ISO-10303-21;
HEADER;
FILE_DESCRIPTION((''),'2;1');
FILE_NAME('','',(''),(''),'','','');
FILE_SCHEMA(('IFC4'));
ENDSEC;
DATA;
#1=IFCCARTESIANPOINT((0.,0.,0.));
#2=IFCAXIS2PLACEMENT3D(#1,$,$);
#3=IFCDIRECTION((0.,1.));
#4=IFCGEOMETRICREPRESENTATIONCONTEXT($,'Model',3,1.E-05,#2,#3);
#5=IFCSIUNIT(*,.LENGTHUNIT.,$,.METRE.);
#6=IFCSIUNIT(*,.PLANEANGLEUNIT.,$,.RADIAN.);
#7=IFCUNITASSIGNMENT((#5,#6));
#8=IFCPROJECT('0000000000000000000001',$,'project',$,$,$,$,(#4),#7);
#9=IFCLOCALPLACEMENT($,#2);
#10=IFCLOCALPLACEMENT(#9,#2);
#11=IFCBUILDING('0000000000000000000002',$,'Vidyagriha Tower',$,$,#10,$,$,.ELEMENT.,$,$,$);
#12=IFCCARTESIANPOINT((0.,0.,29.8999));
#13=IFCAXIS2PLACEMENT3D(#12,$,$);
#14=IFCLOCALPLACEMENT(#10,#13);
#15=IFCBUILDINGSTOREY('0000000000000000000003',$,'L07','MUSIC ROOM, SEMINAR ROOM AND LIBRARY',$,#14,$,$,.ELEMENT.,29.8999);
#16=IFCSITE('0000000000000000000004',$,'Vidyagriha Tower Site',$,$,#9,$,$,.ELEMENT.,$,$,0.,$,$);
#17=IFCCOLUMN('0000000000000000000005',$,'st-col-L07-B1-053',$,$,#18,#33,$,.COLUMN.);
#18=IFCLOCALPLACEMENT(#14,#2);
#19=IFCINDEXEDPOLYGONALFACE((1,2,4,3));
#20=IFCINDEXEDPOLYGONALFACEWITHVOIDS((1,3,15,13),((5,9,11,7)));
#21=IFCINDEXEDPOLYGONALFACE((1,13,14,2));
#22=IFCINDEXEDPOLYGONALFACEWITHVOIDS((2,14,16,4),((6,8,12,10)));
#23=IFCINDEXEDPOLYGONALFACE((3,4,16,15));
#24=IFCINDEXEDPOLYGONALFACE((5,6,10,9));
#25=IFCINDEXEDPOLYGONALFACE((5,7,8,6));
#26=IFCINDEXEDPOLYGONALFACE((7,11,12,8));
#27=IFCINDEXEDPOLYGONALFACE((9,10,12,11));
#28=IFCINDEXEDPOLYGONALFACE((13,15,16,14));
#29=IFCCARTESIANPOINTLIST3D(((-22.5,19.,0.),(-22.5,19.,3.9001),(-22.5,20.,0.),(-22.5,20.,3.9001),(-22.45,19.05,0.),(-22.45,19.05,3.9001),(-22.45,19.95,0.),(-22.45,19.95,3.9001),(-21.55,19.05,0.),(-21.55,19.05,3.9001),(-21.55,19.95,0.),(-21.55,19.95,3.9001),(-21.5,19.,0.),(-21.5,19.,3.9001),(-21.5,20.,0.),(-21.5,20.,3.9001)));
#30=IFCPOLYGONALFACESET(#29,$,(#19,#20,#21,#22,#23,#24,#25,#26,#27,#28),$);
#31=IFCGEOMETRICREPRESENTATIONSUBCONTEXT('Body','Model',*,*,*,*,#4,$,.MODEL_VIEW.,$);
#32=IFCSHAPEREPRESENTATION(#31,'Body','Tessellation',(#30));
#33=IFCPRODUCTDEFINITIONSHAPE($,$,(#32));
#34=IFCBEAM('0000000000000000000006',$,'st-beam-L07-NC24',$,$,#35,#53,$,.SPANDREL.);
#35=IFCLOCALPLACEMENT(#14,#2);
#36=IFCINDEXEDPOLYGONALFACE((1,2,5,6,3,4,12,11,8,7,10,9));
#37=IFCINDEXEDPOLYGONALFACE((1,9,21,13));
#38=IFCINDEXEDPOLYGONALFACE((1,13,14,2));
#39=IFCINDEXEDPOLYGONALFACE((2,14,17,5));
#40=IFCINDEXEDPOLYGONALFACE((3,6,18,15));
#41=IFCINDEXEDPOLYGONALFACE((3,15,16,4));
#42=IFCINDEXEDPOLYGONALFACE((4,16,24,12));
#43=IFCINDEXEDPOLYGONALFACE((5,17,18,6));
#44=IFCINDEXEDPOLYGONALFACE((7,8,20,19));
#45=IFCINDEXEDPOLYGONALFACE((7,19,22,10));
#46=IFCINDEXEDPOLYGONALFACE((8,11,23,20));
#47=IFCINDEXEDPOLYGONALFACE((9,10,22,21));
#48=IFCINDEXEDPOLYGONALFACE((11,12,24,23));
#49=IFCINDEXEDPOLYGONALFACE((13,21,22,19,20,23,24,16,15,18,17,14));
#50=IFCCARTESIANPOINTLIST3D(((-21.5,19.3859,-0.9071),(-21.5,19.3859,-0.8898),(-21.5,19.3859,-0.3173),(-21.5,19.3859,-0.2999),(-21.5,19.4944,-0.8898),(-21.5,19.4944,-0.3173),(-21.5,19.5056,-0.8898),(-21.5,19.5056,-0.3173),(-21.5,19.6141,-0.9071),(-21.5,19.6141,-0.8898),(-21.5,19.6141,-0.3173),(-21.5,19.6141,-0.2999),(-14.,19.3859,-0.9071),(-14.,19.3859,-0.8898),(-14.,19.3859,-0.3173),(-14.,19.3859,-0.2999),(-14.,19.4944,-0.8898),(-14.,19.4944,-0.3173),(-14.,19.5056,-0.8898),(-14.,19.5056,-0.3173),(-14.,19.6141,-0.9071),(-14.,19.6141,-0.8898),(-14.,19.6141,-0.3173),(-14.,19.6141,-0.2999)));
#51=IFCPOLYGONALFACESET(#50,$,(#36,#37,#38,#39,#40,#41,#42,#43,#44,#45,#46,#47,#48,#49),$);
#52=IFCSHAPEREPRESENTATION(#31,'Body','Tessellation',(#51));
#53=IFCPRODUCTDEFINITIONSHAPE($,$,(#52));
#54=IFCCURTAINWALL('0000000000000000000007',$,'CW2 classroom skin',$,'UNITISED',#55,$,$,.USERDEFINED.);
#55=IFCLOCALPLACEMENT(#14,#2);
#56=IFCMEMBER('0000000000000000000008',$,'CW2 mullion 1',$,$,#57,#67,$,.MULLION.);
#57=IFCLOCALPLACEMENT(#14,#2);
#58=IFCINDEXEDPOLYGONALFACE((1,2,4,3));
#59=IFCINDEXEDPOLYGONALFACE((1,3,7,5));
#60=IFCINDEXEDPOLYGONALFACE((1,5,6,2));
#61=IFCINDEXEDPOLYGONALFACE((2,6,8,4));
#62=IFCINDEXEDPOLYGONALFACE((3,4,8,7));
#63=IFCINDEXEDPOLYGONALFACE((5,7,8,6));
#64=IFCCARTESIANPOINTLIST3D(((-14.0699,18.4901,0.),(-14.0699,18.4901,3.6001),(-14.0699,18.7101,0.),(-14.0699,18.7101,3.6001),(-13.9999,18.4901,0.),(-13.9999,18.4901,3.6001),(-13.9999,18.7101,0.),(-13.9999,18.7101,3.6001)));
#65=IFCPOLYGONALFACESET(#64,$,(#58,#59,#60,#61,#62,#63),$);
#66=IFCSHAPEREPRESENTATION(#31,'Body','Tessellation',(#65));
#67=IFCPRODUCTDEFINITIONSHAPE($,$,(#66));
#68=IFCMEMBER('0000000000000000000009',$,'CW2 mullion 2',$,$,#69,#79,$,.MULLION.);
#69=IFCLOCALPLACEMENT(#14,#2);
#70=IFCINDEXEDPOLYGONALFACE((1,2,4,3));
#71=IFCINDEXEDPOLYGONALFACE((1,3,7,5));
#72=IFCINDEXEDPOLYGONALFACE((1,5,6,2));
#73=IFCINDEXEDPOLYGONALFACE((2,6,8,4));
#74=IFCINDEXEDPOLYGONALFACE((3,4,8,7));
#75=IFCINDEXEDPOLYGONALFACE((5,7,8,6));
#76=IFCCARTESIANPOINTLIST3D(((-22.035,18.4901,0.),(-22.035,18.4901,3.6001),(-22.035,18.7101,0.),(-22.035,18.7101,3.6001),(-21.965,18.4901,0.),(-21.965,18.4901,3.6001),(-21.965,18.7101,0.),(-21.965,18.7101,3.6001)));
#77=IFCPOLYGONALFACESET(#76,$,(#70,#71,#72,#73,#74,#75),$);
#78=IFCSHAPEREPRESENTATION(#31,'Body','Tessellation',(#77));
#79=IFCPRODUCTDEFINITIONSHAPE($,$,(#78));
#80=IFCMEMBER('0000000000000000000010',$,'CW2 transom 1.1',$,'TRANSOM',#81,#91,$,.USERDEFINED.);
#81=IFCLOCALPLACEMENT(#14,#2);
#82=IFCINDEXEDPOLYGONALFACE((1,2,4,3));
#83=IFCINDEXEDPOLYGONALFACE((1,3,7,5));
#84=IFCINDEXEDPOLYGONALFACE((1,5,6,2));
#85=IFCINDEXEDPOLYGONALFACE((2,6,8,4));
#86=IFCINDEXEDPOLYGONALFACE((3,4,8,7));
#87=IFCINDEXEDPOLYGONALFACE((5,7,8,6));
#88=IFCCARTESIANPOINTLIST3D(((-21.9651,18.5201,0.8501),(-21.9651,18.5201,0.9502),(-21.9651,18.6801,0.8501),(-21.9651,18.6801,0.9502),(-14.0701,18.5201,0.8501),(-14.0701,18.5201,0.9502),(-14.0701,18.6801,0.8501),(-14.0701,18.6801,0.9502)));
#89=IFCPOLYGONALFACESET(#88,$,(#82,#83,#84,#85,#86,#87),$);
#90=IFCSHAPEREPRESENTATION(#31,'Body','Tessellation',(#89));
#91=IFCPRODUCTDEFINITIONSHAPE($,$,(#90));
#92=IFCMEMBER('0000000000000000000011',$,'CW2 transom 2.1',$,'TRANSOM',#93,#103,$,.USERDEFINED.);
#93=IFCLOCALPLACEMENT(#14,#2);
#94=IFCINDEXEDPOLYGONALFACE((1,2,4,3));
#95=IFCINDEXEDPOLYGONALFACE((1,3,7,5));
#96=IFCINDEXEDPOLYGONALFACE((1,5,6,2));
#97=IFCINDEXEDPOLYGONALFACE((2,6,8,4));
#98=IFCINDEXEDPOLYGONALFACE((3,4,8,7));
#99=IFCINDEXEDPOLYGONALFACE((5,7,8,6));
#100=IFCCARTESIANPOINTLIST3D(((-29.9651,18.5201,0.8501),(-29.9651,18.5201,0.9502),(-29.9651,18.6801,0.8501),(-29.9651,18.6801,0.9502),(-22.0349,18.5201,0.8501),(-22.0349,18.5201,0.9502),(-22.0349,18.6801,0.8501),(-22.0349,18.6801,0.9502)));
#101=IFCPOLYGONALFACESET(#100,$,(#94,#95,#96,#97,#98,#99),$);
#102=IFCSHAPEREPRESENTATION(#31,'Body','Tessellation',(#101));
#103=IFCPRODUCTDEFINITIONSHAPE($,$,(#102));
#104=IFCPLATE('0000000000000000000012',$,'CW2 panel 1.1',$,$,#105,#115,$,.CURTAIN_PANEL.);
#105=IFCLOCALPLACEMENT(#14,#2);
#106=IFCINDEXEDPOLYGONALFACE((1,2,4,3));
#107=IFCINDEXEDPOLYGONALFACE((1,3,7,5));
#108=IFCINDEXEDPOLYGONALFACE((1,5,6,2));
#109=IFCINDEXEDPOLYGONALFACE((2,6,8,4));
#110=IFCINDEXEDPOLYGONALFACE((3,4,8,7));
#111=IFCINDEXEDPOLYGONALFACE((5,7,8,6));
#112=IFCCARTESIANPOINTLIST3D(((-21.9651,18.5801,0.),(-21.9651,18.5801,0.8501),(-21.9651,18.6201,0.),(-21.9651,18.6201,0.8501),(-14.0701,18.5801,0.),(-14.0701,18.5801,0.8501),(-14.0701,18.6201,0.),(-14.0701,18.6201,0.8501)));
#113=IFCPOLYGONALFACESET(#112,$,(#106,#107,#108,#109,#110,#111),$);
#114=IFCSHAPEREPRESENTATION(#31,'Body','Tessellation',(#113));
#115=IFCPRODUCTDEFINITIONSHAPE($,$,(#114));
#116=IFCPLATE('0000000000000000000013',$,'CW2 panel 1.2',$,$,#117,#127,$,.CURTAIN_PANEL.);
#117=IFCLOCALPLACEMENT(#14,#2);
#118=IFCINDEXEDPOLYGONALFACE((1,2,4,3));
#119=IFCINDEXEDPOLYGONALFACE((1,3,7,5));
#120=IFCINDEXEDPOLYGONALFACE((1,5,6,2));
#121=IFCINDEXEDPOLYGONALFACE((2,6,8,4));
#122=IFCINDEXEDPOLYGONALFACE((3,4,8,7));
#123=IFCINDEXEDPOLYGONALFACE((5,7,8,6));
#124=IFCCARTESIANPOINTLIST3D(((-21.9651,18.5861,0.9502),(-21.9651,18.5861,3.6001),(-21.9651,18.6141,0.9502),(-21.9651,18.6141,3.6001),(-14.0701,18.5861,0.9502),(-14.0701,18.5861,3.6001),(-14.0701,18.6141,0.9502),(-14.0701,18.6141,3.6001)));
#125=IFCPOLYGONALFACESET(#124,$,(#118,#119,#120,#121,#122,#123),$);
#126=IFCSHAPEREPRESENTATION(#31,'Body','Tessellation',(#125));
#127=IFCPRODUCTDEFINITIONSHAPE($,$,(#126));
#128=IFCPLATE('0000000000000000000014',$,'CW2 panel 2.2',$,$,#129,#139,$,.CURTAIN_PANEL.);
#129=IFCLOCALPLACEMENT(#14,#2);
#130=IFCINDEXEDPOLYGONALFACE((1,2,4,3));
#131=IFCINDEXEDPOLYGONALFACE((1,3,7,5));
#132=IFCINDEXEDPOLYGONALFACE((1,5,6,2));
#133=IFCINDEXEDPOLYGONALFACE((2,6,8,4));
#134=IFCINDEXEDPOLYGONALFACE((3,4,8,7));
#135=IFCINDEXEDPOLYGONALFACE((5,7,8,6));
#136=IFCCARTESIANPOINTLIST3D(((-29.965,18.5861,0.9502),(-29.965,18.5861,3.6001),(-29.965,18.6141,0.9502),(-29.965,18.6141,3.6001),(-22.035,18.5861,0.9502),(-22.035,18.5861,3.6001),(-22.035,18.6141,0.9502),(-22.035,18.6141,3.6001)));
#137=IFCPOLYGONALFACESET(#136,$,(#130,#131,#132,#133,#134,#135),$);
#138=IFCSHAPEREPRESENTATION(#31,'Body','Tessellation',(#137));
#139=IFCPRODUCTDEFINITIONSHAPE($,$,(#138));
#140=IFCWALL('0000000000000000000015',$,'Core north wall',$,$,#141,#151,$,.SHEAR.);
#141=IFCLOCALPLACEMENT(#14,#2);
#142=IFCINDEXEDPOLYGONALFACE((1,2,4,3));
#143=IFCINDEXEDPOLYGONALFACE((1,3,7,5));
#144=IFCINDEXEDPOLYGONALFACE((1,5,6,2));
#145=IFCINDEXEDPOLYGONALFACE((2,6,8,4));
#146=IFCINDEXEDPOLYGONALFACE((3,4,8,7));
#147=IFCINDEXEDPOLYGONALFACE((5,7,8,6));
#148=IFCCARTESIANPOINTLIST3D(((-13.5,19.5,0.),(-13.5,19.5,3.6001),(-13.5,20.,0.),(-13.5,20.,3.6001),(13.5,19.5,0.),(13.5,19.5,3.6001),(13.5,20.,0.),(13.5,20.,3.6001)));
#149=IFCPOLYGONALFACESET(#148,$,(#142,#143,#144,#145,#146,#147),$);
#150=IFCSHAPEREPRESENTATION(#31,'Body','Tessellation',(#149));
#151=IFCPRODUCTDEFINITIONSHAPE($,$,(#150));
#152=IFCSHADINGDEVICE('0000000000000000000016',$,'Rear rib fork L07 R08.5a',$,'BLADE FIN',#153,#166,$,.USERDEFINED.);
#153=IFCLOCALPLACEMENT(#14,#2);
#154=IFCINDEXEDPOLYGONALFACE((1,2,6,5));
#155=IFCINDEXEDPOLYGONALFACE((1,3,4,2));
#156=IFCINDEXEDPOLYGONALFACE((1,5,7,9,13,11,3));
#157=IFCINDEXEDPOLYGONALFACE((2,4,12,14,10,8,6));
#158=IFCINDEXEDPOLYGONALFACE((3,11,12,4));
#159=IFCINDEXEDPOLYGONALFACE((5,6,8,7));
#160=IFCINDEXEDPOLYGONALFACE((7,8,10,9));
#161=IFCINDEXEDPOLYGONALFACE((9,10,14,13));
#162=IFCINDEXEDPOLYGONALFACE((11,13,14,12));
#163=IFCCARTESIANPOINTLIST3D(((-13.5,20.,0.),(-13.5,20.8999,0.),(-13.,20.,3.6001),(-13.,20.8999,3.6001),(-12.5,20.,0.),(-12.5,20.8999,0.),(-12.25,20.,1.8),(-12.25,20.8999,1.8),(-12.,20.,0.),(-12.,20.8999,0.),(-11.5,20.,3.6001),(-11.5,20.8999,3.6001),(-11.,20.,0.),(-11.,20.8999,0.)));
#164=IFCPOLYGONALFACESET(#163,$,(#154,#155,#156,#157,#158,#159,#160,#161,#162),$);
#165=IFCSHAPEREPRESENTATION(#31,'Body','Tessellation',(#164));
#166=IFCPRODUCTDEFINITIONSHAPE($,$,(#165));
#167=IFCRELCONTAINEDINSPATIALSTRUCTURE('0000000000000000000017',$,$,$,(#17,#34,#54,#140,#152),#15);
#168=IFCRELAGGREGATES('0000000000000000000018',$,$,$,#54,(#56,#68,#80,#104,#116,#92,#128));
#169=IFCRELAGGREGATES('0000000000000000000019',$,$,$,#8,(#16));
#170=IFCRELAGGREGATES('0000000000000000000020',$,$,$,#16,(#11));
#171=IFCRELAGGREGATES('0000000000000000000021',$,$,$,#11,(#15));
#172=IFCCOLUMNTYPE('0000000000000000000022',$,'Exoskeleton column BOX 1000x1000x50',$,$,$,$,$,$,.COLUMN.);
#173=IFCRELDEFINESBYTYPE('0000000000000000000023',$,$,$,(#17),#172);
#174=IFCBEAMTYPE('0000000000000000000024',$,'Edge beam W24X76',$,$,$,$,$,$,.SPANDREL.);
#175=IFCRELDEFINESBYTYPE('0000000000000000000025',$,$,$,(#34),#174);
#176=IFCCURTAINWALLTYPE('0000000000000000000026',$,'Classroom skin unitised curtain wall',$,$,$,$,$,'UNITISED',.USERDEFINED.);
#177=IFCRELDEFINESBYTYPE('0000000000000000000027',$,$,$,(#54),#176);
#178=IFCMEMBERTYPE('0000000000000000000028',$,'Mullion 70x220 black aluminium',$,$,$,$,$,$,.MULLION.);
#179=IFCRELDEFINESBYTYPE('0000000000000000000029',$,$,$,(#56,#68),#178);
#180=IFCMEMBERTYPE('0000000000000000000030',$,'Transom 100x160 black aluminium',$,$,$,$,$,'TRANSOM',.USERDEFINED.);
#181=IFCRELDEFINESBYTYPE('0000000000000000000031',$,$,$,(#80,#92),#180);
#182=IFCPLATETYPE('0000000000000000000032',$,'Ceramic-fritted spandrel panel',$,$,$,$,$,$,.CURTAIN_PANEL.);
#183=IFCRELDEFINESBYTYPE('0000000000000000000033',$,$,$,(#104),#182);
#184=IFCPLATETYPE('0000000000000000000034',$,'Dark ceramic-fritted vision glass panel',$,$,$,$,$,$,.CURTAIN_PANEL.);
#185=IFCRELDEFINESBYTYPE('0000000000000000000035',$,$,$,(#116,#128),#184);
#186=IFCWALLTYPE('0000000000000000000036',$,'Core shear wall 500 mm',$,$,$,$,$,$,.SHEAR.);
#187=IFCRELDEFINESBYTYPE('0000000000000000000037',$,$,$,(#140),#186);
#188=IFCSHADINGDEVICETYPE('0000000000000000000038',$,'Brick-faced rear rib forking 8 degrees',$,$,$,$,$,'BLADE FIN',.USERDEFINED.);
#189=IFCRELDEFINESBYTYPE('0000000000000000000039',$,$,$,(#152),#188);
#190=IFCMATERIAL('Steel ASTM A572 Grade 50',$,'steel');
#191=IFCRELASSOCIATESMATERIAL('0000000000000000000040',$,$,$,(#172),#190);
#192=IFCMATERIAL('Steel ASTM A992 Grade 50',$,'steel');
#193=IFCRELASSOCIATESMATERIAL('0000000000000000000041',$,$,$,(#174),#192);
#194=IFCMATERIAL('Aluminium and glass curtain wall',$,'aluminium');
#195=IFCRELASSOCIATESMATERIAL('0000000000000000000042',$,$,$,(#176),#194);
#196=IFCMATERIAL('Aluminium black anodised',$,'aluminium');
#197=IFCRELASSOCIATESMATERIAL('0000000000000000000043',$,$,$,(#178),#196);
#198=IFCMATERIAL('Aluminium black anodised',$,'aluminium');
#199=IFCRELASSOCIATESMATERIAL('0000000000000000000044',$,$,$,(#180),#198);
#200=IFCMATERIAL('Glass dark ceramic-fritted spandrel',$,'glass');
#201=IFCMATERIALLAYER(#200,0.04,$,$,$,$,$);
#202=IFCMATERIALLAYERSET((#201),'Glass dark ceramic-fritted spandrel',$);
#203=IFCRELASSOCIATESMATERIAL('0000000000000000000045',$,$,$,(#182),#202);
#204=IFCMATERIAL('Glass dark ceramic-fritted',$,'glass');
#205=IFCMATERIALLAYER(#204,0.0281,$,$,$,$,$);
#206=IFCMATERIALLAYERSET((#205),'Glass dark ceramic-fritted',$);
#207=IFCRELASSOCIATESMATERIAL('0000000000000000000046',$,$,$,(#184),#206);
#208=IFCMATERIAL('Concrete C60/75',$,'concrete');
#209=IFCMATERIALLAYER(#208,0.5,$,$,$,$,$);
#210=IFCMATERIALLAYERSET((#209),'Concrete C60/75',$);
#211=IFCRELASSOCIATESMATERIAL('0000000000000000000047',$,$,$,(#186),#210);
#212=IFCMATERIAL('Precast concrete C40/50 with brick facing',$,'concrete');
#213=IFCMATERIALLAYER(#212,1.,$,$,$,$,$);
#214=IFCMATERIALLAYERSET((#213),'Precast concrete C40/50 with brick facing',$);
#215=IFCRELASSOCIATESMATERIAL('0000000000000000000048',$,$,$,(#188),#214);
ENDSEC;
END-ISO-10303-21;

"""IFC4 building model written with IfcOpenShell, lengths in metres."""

from ifc_helpers import new_model, si_unit, direction, frame, frame_2d, origin, origin_2d, place, context, subcontext, project, spatial, polyline, rectangle, hollow_rectangle, i_section, outline, extrude, material, layer, layer_set, material_profile, profile_set, type_object, element, aggregate, save


model = new_model("IFC4")

# Units and contexts
model_context = context("Model", 3, precision=1e-05, world=origin(), true_north=direction((0.0, 1.0)))
body_context = subcontext(model_context, "Body", "Model", "MODEL_VIEW")
ifc_project = project(units=[si_unit("LENGTHUNIT", "METRE"), si_unit("PLANEANGLEUNIT", "RADIAN")], contexts=[model_context])

# Site, building, storey
site_placement = place(None, origin())
site = spatial("IfcSite", under=ifc_project, at=site_placement, Name="Vidyagriha Tower Site", CompositionType="ELEMENT", RefElevation=0.0)
building_placement = place(site_placement, origin())
building = spatial("IfcBuilding", under=site, at=building_placement, Name="Vidyagriha Tower", CompositionType="ELEMENT")
storey_placement = place(building_placement, frame((0.0, 0.0, 29.8999)))
storey = spatial("IfcBuildingStorey", under=building, at=storey_placement, Name="L07", Description="MUSIC ROOM, SEMINAR ROOM AND LIBRARY", CompositionType="ELEMENT", Elevation=29.8999)

# Column
ifc_material_1 = material(Name="Steel ASTM A572 Grade 50", Category="steel")
ifc_material_profile_1 = material_profile(ifc_material_1, hollow_rectangle(XDim=1.0, YDim=1.0, WallThickness=0.05, at=origin_2d()), Name="BOX 1000x1000x50")
ifc_profile_set_1 = profile_set([ifc_material_profile_1], Name="Steel ASTM A572 Grade 50")
column_type = type_object("IfcColumnType", Name="Exoskeleton column BOX 1000x1000x50", PredefinedType="COLUMN", material=ifc_profile_set_1)
column_placement = place(storey_placement, frame((-22.0, 19.5, 0.0)))
element("IfcColumn", 1, at=column_placement, inside=storey, type_object=column_type, Name="st-col-L07-B1-053", PredefinedType="COLUMN", context=body_context, shape_type="SweptSolid", body=[
    extrude(hollow_rectangle(XDim=1.0, YDim=1.0, WallThickness=0.05, at=origin_2d()), origin(), (0.0, 0.0, 1.0), 3.9001),
])

# Beam
ifc_material_2 = material(Name="Steel ASTM A992 Grade 50", Category="steel")
ifc_material_profile_2 = material_profile(ifc_material_2, i_section(OverallWidth=0.2283, OverallDepth=0.6072, WebThickness=0.0112, FlangeThickness=0.0173, at=origin_2d()), Name="W24X76")
ifc_profile_set_2 = profile_set([ifc_material_profile_2], Name="Steel ASTM A992 Grade 50")
beam_type = type_object("IfcBeamType", Name="Edge beam W24X76", PredefinedType="SPANDREL", material=ifc_profile_set_2)
beam_placement = place(storey_placement, frame((-21.5, 19.5, -0.6035), z_axis=(1.0, 0.0, 0.0), x_axis=(0.0, 1.0, 0.0)))
element("IfcBeam", 2, at=beam_placement, inside=storey, type_object=beam_type, Name="st-beam-L07-NC24", PredefinedType="SPANDREL", context=body_context, shape_type="SweptSolid", body=[
    extrude(i_section(OverallWidth=0.2283, OverallDepth=0.6072, WebThickness=0.0112, FlangeThickness=0.0173, at=origin_2d()), origin(), (0.0, 0.0, 1.0), 7.5),
])

# Curtain wall, members, plates
ifc_material_3 = material(Name="Aluminium and glass curtain wall", Category="aluminium")
curtain_wall_type = type_object("IfcCurtainWallType", Name="Classroom skin unitised curtain wall", ElementType="UNITISED", PredefinedType="USERDEFINED", material=ifc_material_3)
curtain_wall_placement = place(storey_placement, origin())
curtain_wall = element("IfcCurtainWall", 3, at=curtain_wall_placement, inside=storey, type_object=curtain_wall_type, Name="CW2 classroom skin", ObjectType="UNITISED", PredefinedType="USERDEFINED")
ifc_material_4 = material(Name="Aluminium black anodised", Category="aluminium")
ifc_material_profile_3 = material_profile(ifc_material_4, rectangle(XDim=0.22, YDim=0.0701, at=origin_2d()), Name="Mullion 70x220 black aluminium")
ifc_profile_set_3 = profile_set([ifc_material_profile_3], Name="Aluminium black anodised")
member_type_1 = type_object("IfcMemberType", Name="Mullion 70x220 black aluminium", PredefinedType="MULLION", material=ifc_profile_set_3)
member_1_placement = place(storey_placement, frame((-14.0349, 18.6001, 0.0), z_axis=(0.0, 0.0, 1.0), x_axis=(0.0, -1.0, 0.0)))
member_1 = element("IfcMember", 4, at=member_1_placement, type_object=member_type_1, Name="CW2 mullion 1", PredefinedType="MULLION", context=body_context, shape_type="SweptSolid", body=[
    extrude(rectangle(XDim=0.22, YDim=0.0701, at=origin_2d()), origin(), (0.0, 0.0, 1.0), 3.6001),
])
member_2_placement = place(storey_placement, frame((-22.0, 18.6001, 0.0), z_axis=(0.0, 0.0, 1.0), x_axis=(0.0, -1.0, 0.0)))
member_2 = element("IfcMember", 5, at=member_2_placement, type_object=member_type_1, Name="CW2 mullion 2", PredefinedType="MULLION", context=body_context, shape_type="SweptSolid", body=[
    extrude(rectangle(XDim=0.22, YDim=0.0701, at=origin_2d()), origin(), (0.0, 0.0, 1.0), 3.6001),
])
ifc_material_5 = material(Name="Aluminium black anodised", Category="aluminium")
ifc_material_profile_4 = material_profile(ifc_material_5, rectangle(XDim=0.1599, YDim=0.1001, at=origin_2d()), Name="Transom 100x160 black aluminium")
ifc_profile_set_4 = profile_set([ifc_material_profile_4], Name="Aluminium black anodised")
member_type_2 = type_object("IfcMemberType", Name="Transom 100x160 black aluminium", ElementType="TRANSOM", PredefinedType="USERDEFINED", material=ifc_profile_set_4)
member_3_placement = place(storey_placement, frame((-14.0701, 18.6001, 0.9001), z_axis=(-1.0, 0.0, 0.0), x_axis=(0.0, -1.0, 0.0)))
member_3 = element("IfcMember", 6, at=member_3_placement, type_object=member_type_2, Name="CW2 transom 1.1", ObjectType="TRANSOM", PredefinedType="USERDEFINED", context=body_context, shape_type="SweptSolid", body=[
    extrude(rectangle(XDim=0.1599, YDim=0.1001, at=origin_2d()), origin(), (0.0, 0.0, 1.0), 7.895),
])
member_4_placement = place(storey_placement, frame((-22.0349, 18.6001, 0.9001), z_axis=(-1.0, 0.0, 0.0), x_axis=(0.0, -1.0, 0.0)))
member_4 = element("IfcMember", 7, at=member_4_placement, type_object=member_type_2, Name="CW2 transom 2.1", ObjectType="TRANSOM", PredefinedType="USERDEFINED", context=body_context, shape_type="SweptSolid", body=[
    extrude(rectangle(XDim=0.1599, YDim=0.1001, at=origin_2d()), origin(), (0.0, 0.0, 1.0), 7.9302),
])
ifc_material_6 = material(Name="Glass dark ceramic-fritted spandrel", Category="glass")
ifc_layer_1 = layer(ifc_material_6, 0.04)
ifc_layer_set_1 = layer_set([ifc_layer_1], Name="Glass dark ceramic-fritted spandrel")
plate_type_1 = type_object("IfcPlateType", Name="Ceramic-fritted spandrel panel", PredefinedType="CURTAIN_PANEL", material=ifc_layer_set_1)
plate_1_placement = place(storey_placement, frame((-18.0176, 18.6001, 0.0), z_axis=(0.0, 0.0, 1.0), x_axis=(-1.0, 0.0, 0.0)))
plate_1 = element("IfcPlate", 8, at=plate_1_placement, type_object=plate_type_1, Name="CW2 panel 1.1", PredefinedType="CURTAIN_PANEL", context=body_context, shape_type="SweptSolid", body=[
    extrude(rectangle(XDim=7.895, YDim=0.04, at=origin_2d()), origin(), (0.0, 0.0, 1.0), 0.8501),
])
ifc_material_7 = material(Name="Glass dark ceramic-fritted", Category="glass")
ifc_layer_2 = layer(ifc_material_7, 0.0281)
ifc_layer_set_2 = layer_set([ifc_layer_2], Name="Glass dark ceramic-fritted")
plate_type_2 = type_object("IfcPlateType", Name="Dark ceramic-fritted vision glass panel", PredefinedType="CURTAIN_PANEL", material=ifc_layer_set_2)
plate_2_placement = place(storey_placement, frame((-18.0176, 18.6001, 0.9502), z_axis=(0.0, 0.0, 1.0), x_axis=(-1.0, 0.0, 0.0)))
plate_2 = element("IfcPlate", 9, at=plate_2_placement, type_object=plate_type_2, Name="CW2 panel 1.2", PredefinedType="CURTAIN_PANEL", context=body_context, shape_type="SweptSolid", body=[
    extrude(rectangle(XDim=7.895, YDim=0.0281, at=origin_2d()), origin(), (0.0, 0.0, 1.0), 2.6499),
])
plate_3_placement = place(storey_placement, frame((-26.0, 18.6001, 0.9502), z_axis=(0.0, 0.0, 1.0), x_axis=(-1.0, 0.0, 0.0)))
plate_3 = element("IfcPlate", 10, at=plate_3_placement, type_object=plate_type_2, Name="CW2 panel 2.2", PredefinedType="CURTAIN_PANEL", context=body_context, shape_type="SweptSolid", body=[
    extrude(rectangle(XDim=7.9299, YDim=0.0281, at=origin_2d()), origin(), (0.0, 0.0, 1.0), 2.6499),
])
aggregate(curtain_wall, [member_1, member_2, member_3, plate_1, plate_2, member_4, plate_3])

# Wall
ifc_material_8 = material(Name="Concrete C60/75", Category="concrete")
ifc_layer_3 = layer(ifc_material_8, 0.5)
ifc_layer_set_3 = layer_set([ifc_layer_3], Name="Concrete C60/75")
wall_type = type_object("IfcWallType", Name="Core shear wall 500 mm", PredefinedType="SHEAR", material=ifc_layer_set_3)
wall_placement = place(storey_placement, frame((-13.5, 19.75, 0.0)))
element("IfcWall", 11, at=wall_placement, inside=storey, type_object=wall_type, Name="Core north wall", PredefinedType="SHEAR", context=body_context, shape_type="SweptSolid", body=[
    extrude(rectangle(XDim=27.0, YDim=0.5, at=frame_2d((13.5, 0.0))), origin(), (0.0, 0.0, 1.0), 3.6001),
])

# Shading device
ifc_material_9 = material(Name="Precast concrete C40/50 with brick facing", Category="concrete")
ifc_layer_4 = layer(ifc_material_9, 1.0)
ifc_layer_set_4 = layer_set([ifc_layer_4], Name="Precast concrete C40/50 with brick facing")
shading_device_type = type_object("IfcShadingDeviceType", Name="Brick-faced rear rib forking 8 degrees", ElementType="BLADE FIN", PredefinedType="USERDEFINED", material=ifc_layer_set_4)
shading_device_placement = place(storey_placement, frame((-11.0, 20.45, 0.0), z_axis=(0.0, 0.0, 1.0), x_axis=(-1.0, 0.0, 0.0)))
element("IfcShadingDevice", 12, at=shading_device_placement, inside=storey, type_object=shading_device_type, Name="Rear rib fork L07 R08.5a", ObjectType="BLADE FIN", PredefinedType="USERDEFINED", context=body_context, shape_type="SweptSolid", body=[
    extrude(outline(polyline([(1.0, 0.0), (1.25, 1.8), (1.5, 0.0), (2.5, 0.0), (2.0, 3.6001), (0.5, 3.6001), (0.0, 0.0), (1.0, 0.0)])), frame((0.0, 0.45, 0.0), z_axis=(0.0, -1.0, 0.0), x_axis=(1.0, 0.0, 0.0)), (0.0, 0.0, 1.0), 0.8999),
])

save(model, "model.ifc")
